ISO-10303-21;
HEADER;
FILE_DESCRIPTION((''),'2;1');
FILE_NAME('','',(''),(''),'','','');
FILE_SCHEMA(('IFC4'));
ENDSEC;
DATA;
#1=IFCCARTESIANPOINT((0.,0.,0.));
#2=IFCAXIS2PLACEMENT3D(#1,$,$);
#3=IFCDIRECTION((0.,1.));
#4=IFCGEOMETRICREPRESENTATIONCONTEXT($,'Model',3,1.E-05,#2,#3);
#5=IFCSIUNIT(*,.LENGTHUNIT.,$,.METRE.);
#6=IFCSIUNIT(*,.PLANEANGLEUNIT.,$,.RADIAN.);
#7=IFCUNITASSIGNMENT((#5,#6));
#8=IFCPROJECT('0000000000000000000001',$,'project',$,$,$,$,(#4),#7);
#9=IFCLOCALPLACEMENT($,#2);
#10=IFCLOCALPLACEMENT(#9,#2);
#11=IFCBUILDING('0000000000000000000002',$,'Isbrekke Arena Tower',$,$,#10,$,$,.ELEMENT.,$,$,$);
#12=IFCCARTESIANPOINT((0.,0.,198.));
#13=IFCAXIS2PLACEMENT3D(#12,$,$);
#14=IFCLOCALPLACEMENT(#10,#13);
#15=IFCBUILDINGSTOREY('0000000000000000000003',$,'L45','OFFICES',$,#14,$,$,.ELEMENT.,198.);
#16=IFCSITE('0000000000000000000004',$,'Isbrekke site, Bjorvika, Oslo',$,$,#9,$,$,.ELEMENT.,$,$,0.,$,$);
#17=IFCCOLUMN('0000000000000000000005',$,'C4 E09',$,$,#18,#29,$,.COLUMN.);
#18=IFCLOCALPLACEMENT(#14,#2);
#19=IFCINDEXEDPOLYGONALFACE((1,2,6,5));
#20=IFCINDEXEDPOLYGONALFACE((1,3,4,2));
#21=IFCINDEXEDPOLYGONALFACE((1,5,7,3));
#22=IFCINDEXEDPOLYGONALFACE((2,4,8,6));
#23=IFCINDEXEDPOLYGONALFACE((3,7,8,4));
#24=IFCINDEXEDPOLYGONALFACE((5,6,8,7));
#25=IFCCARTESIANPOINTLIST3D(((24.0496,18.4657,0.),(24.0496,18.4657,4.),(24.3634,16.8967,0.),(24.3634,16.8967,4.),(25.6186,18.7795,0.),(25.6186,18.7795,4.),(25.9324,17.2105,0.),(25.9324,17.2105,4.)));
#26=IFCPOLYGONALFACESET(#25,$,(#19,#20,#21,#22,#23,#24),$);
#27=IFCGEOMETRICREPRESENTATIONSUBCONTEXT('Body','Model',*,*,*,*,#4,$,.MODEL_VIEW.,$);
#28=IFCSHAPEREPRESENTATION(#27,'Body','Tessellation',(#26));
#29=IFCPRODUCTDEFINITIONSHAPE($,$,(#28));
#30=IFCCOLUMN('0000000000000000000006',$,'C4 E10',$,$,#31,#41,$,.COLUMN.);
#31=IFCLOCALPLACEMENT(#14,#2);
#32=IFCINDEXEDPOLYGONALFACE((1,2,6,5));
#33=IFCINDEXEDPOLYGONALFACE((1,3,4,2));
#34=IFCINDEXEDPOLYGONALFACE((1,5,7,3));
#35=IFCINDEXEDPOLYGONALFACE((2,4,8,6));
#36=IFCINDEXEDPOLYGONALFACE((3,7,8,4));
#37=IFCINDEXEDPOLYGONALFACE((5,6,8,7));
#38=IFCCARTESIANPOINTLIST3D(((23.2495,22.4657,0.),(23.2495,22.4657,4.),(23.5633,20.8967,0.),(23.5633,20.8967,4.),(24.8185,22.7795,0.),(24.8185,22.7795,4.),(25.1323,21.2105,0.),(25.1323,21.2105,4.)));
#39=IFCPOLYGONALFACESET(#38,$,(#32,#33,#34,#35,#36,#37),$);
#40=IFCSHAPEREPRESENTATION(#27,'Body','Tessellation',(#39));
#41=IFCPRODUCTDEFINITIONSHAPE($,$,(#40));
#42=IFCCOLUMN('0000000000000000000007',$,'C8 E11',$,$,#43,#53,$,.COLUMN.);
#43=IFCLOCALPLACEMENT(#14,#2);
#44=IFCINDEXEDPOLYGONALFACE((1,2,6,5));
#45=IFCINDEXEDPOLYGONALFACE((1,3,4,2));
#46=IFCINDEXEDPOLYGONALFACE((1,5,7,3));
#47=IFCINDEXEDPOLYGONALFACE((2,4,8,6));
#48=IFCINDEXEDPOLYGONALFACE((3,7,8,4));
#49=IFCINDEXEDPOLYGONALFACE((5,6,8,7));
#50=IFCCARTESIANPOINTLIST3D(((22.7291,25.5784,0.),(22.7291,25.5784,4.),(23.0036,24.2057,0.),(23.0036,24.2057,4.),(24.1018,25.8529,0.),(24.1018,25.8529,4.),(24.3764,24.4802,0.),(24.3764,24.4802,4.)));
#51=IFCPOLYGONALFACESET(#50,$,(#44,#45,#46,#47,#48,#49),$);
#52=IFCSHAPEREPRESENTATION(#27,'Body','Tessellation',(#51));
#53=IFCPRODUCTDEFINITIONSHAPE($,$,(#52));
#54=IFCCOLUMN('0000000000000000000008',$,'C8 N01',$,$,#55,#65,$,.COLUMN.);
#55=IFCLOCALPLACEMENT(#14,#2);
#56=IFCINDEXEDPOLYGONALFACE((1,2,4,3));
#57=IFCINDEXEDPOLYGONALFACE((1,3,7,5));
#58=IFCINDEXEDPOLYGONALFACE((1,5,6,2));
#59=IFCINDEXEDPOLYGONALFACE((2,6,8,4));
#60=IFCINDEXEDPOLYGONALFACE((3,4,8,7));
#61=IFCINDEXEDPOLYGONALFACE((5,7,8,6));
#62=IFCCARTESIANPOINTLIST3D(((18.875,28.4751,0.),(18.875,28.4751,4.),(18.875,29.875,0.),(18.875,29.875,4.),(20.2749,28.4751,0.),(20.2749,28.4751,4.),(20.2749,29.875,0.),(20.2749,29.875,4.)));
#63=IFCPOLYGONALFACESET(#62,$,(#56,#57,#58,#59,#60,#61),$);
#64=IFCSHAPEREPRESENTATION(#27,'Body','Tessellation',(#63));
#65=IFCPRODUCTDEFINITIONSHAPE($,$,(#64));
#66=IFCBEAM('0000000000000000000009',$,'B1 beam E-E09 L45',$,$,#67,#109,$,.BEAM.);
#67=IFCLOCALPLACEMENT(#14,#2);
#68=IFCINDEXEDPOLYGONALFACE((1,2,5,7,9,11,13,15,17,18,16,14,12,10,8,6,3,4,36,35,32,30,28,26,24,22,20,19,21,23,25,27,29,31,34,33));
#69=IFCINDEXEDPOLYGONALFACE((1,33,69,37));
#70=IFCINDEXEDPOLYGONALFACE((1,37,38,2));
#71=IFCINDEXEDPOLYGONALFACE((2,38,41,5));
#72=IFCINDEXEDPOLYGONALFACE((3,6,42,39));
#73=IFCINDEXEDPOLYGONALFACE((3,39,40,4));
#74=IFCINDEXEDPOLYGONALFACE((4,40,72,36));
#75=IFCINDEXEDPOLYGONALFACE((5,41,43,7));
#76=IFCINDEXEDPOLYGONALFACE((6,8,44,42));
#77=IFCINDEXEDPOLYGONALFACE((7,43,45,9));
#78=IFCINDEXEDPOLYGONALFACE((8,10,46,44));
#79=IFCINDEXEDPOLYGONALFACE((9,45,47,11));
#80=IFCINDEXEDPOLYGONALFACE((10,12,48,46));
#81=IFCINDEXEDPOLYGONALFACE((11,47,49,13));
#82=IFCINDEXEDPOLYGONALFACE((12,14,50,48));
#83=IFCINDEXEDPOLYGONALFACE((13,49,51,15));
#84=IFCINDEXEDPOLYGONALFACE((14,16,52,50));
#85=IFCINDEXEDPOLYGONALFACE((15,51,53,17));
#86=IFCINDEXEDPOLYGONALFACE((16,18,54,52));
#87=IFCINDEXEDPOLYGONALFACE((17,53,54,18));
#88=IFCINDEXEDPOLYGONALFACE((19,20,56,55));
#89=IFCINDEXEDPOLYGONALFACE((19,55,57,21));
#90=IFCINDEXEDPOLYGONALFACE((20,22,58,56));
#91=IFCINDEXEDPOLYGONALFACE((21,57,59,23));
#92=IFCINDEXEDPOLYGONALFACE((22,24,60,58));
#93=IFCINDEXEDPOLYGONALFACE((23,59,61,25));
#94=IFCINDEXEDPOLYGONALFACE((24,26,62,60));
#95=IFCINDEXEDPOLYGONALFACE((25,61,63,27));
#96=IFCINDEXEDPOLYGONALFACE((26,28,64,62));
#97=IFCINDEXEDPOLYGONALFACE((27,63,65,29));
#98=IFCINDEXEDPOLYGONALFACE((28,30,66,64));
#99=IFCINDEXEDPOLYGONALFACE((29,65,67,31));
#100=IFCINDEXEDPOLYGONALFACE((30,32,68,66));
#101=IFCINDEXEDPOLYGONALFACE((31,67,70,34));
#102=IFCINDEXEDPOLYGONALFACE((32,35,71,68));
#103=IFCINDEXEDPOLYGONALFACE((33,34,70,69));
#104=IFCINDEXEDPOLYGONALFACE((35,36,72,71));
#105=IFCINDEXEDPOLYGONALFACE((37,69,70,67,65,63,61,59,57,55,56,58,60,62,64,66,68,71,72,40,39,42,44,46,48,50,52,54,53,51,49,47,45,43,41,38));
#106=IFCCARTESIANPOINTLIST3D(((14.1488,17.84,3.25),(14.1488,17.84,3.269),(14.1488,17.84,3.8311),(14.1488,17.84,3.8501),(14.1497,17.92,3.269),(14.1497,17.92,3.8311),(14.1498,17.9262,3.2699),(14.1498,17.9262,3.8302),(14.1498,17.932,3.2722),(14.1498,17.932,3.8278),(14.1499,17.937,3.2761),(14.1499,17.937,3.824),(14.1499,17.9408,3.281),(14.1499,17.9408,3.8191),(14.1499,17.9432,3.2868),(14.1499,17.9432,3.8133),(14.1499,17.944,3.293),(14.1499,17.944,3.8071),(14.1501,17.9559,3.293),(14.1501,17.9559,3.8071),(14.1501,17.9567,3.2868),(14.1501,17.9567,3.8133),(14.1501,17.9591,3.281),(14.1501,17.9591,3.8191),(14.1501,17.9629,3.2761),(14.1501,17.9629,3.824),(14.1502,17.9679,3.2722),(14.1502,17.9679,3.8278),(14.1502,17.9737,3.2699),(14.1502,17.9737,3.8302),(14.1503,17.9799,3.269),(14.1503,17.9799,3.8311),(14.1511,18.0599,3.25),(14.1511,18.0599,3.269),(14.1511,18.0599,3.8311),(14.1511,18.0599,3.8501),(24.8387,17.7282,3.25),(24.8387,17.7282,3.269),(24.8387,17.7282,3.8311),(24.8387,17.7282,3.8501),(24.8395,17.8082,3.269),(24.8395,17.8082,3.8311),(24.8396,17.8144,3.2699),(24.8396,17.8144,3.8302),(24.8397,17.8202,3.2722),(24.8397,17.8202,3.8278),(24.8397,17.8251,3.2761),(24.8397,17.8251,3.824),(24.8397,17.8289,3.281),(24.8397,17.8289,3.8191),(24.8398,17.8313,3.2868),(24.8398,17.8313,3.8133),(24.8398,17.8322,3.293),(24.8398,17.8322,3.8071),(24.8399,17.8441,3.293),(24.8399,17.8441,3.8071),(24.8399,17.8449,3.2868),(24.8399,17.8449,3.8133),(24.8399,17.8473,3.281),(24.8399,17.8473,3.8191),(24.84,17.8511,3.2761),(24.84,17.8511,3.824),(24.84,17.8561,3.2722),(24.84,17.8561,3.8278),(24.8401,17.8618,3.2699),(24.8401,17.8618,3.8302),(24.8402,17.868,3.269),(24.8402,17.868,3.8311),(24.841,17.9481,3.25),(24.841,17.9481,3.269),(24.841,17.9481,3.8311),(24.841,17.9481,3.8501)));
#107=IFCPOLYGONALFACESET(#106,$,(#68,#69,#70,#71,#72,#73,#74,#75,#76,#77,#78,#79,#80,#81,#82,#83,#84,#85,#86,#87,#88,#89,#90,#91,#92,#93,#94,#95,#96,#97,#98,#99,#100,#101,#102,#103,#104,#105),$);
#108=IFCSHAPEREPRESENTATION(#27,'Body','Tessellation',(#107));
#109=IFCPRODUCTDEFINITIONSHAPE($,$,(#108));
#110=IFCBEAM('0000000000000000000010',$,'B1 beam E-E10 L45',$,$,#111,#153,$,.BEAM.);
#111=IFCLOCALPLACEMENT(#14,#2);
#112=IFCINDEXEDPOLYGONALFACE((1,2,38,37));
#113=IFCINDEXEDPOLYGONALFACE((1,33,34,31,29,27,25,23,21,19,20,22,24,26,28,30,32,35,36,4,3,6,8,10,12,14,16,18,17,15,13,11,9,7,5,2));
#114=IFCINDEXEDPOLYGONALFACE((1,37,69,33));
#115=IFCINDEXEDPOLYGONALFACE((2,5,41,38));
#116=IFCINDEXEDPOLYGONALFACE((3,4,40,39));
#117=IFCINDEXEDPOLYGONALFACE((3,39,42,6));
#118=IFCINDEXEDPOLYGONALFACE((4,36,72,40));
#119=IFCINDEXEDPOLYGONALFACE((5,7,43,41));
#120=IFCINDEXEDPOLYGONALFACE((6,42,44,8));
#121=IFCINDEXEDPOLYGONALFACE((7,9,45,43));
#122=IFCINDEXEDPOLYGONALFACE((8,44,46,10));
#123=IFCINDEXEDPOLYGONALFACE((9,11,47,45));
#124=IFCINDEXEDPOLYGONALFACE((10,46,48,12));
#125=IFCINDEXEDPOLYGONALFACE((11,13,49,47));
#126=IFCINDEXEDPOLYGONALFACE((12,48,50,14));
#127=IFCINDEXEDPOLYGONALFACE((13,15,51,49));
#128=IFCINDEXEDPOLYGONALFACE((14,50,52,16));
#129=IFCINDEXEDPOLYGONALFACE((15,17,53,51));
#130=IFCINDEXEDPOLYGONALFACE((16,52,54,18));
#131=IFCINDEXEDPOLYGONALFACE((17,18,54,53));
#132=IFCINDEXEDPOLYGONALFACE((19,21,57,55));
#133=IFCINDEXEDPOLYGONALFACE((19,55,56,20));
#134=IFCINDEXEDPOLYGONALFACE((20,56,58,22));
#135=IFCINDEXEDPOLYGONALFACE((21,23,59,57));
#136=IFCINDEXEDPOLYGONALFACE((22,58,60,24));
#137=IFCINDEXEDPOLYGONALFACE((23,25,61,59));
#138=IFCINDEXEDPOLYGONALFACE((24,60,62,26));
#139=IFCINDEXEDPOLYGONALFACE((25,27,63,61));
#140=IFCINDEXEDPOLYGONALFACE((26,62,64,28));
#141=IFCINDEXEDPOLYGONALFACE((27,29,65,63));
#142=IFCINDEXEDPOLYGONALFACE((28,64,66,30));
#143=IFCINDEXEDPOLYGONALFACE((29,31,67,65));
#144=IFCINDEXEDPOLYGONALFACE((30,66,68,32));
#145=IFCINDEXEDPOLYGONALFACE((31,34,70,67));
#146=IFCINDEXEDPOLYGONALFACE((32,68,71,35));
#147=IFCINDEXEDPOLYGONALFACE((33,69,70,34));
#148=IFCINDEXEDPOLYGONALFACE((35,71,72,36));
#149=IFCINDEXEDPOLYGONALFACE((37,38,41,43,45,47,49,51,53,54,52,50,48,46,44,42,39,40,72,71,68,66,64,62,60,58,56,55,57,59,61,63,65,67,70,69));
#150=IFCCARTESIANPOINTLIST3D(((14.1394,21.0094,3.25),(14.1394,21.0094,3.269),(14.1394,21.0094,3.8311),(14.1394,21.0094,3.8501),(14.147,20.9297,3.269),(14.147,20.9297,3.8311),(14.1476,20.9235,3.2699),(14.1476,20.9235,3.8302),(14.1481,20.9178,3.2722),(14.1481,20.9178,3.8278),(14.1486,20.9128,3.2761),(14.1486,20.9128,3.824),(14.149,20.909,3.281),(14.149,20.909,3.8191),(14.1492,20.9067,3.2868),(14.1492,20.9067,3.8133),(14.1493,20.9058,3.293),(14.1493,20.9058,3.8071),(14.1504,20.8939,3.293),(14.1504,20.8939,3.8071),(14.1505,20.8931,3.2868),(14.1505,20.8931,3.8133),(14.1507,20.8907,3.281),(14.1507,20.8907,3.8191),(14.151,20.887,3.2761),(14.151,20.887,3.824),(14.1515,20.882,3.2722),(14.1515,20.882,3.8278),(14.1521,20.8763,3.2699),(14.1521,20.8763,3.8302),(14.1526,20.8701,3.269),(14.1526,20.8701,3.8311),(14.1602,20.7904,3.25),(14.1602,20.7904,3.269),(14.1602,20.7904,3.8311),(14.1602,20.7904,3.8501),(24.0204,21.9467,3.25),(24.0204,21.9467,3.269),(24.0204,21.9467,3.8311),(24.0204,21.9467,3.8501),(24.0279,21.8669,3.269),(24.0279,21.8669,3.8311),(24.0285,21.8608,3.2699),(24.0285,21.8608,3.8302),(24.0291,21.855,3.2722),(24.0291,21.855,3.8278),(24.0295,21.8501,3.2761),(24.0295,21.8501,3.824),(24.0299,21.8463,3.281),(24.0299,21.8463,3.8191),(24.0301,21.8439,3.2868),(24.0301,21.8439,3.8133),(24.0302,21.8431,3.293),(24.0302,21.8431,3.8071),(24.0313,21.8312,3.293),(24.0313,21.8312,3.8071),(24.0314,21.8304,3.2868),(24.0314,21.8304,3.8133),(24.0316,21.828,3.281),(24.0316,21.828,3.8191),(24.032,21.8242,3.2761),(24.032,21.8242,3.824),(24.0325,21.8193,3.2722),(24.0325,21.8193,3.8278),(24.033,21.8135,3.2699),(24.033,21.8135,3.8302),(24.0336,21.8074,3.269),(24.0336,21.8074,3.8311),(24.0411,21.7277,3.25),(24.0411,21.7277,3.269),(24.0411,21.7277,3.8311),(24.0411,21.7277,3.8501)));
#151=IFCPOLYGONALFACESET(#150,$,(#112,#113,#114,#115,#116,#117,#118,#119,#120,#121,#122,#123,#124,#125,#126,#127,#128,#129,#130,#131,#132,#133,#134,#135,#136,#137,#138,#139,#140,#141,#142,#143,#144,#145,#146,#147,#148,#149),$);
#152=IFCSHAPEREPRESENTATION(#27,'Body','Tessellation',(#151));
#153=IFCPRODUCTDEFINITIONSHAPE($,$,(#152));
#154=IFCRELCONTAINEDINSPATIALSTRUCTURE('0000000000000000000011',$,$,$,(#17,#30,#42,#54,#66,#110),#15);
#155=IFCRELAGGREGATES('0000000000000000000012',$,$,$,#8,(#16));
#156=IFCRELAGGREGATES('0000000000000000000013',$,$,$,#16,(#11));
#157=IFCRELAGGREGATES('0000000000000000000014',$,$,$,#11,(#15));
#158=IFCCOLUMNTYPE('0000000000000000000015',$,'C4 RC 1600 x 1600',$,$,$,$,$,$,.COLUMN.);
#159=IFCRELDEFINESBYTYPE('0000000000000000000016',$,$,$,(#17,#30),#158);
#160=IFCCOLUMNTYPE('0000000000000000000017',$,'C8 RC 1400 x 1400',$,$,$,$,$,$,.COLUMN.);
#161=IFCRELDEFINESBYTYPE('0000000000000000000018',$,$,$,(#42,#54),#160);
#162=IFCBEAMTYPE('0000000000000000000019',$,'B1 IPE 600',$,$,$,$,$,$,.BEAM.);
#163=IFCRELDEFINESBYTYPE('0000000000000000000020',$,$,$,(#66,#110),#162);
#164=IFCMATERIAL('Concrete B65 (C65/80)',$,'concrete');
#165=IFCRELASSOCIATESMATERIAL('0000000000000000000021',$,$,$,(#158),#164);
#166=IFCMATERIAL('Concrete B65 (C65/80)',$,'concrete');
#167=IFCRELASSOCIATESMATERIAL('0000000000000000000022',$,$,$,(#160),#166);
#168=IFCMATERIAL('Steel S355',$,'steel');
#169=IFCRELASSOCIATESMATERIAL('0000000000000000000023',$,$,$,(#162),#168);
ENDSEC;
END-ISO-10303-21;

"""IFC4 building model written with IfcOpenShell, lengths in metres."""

from ifc_helpers import new_model, si_unit, direction, frame, origin, origin_2d, place, context, subcontext, project, spatial, rectangle, i_section, extrude, material, material_profile, profile_set, type_object, element, save


model = new_model("IFC4")

# Units and contexts
model_context = context("Model", 3, precision=1e-05, world=origin(), true_north=direction((0.0, 1.0)))
body_context = subcontext(model_context, "Body", "Model", "MODEL_VIEW")
ifc_project = project(units=[si_unit("LENGTHUNIT", "METRE"), si_unit("PLANEANGLEUNIT", "RADIAN")], contexts=[model_context])

# Site, building, storey
site_placement = place(None, origin())
site = spatial("IfcSite", under=ifc_project, at=site_placement, Name="Isbrekke site, Bjorvika, Oslo", CompositionType="ELEMENT", RefElevation=0.0)
building_placement = place(site_placement, origin())
building = spatial("IfcBuilding", under=site, at=building_placement, Name="Isbrekke Arena Tower", CompositionType="ELEMENT")
storey_placement = place(building_placement, frame((0.0, 0.0, 198.0)))
storey = spatial("IfcBuildingStorey", under=building, at=storey_placement, Name="L45", Description="OFFICES", CompositionType="ELEMENT", Elevation=198.0)

# Columns
ifc_material_1 = material(Name="Concrete B65 (C65/80)", Category="concrete")
ifc_material_profile_1 = material_profile(ifc_material_1, rectangle(XDim=1.6001, YDim=1.6001, at=origin_2d()), Name="RC 1600x1600")
ifc_profile_set_1 = profile_set([ifc_material_profile_1], Name="Concrete B65 (C65/80)")
column_type_1 = type_object("IfcColumnType", Name="C4 RC 1600 x 1600", PredefinedType="COLUMN", material=ifc_profile_set_1)
for number, where, z_axis, x_axis, name in (
    (1, (24.991, 17.8381, 0.0), (0.0, 0.0, 1.0), (-0.196116, 0.980581, 0.0), "C4 E09"),
    (2, (24.1909, 21.8381, 0.0), (0.0, 0.0, 1.0), (-0.196116, 0.980581, 0.0), "C4 E10"),
):
    element("IfcColumn", number, at=place(storey_placement, frame(where, z_axis=z_axis, x_axis=x_axis)), inside=storey, type_object=column_type_1, Name=name, PredefinedType="COLUMN", context=body_context, shape_type="SweptSolid", body=[
        extrude(rectangle(XDim=1.6001, YDim=1.6001, at=origin_2d()), origin(), (0.0, 0.0, 1.0), 4.0),
    ])
ifc_material_2 = material(Name="Concrete B65 (C65/80)", Category="concrete")
ifc_material_profile_2 = material_profile(ifc_material_2, rectangle(XDim=1.3999, YDim=1.3999, at=origin_2d()), Name="RC 1400x1400")
ifc_profile_set_2 = profile_set([ifc_material_profile_2], Name="Concrete B65 (C65/80)")
column_type_2 = type_object("IfcColumnType", Name="C8 RC 1400 x 1400", PredefinedType="COLUMN", material=ifc_profile_set_2)
for number, where, z_axis, x_axis, name in (
    (3, (23.5527, 25.0293, 0.0), (0.0, 0.0, 1.0), (-0.196116, 0.980581, 0.0), "C8 E11"),
    (4, (19.575, 29.175, 0.0), (0.0, 0.0, 1.0), (-1.0, 0.0, 0.0), "C8 N01"),
):
    element("IfcColumn", number, at=place(storey_placement, frame(where, z_axis=z_axis, x_axis=x_axis)), inside=storey, type_object=column_type_2, Name=name, PredefinedType="COLUMN", context=body_context, shape_type="SweptSolid", body=[
        extrude(rectangle(XDim=1.3999, YDim=1.3999, at=origin_2d()), origin(), (0.0, 0.0, 1.0), 4.0),
    ])

# Beams
ifc_material_3 = material(Name="Steel S355", Category="steel")
ifc_material_profile_3 = material_profile(ifc_material_3, i_section(OverallWidth=0.22, OverallDepth=0.6001, WebThickness=0.012, FlangeThickness=0.019, FilletRadius=0.0239, at=origin_2d()), Name="IPE 600")
ifc_profile_set_3 = profile_set([ifc_material_profile_3], Name="Steel S355")
beam_type_1 = type_object("IfcBeamType", Name="B1 IPE 600", PredefinedType="BEAM", material=ifc_profile_set_3)
beam_1_placement = place(storey_placement, frame((24.8398, 17.8381, 3.55), z_axis=(-0.999945, 0.010459, 0.0), x_axis=(-0.010459, -0.999945, 0.0)))
element("IfcBeam", 5, at=beam_1_placement, inside=storey, type_object=beam_type_1, Name="B1 beam E-E09 L45", PredefinedType="BEAM", context=body_context, shape_type="SweptSolid", body=[
    extrude(i_section(OverallWidth=0.22, OverallDepth=0.6001, WebThickness=0.012, FlangeThickness=0.019, FilletRadius=0.0239, at=origin_2d()), origin(), (0.0, 0.0, 1.0), 10.6904),
])
beam_2_placement = place(storey_placement, frame((24.0308, 21.8372, 3.55), z_axis=(-0.995531, -0.094432, 0.0), x_axis=(0.094432, -0.995531, 0.0)))
element("IfcBeam", 6, at=beam_2_placement, inside=storey, type_object=beam_type_1, Name="B1 beam E-E10 L45", PredefinedType="BEAM", context=body_context, shape_type="SweptSolid", body=[
    extrude(i_section(OverallWidth=0.22, OverallDepth=0.6001, WebThickness=0.012, FlangeThickness=0.019, FilletRadius=0.0239, at=origin_2d()), origin(), (0.0, 0.0, 1.0), 9.9253),
])

save(model, "model.ifc")
